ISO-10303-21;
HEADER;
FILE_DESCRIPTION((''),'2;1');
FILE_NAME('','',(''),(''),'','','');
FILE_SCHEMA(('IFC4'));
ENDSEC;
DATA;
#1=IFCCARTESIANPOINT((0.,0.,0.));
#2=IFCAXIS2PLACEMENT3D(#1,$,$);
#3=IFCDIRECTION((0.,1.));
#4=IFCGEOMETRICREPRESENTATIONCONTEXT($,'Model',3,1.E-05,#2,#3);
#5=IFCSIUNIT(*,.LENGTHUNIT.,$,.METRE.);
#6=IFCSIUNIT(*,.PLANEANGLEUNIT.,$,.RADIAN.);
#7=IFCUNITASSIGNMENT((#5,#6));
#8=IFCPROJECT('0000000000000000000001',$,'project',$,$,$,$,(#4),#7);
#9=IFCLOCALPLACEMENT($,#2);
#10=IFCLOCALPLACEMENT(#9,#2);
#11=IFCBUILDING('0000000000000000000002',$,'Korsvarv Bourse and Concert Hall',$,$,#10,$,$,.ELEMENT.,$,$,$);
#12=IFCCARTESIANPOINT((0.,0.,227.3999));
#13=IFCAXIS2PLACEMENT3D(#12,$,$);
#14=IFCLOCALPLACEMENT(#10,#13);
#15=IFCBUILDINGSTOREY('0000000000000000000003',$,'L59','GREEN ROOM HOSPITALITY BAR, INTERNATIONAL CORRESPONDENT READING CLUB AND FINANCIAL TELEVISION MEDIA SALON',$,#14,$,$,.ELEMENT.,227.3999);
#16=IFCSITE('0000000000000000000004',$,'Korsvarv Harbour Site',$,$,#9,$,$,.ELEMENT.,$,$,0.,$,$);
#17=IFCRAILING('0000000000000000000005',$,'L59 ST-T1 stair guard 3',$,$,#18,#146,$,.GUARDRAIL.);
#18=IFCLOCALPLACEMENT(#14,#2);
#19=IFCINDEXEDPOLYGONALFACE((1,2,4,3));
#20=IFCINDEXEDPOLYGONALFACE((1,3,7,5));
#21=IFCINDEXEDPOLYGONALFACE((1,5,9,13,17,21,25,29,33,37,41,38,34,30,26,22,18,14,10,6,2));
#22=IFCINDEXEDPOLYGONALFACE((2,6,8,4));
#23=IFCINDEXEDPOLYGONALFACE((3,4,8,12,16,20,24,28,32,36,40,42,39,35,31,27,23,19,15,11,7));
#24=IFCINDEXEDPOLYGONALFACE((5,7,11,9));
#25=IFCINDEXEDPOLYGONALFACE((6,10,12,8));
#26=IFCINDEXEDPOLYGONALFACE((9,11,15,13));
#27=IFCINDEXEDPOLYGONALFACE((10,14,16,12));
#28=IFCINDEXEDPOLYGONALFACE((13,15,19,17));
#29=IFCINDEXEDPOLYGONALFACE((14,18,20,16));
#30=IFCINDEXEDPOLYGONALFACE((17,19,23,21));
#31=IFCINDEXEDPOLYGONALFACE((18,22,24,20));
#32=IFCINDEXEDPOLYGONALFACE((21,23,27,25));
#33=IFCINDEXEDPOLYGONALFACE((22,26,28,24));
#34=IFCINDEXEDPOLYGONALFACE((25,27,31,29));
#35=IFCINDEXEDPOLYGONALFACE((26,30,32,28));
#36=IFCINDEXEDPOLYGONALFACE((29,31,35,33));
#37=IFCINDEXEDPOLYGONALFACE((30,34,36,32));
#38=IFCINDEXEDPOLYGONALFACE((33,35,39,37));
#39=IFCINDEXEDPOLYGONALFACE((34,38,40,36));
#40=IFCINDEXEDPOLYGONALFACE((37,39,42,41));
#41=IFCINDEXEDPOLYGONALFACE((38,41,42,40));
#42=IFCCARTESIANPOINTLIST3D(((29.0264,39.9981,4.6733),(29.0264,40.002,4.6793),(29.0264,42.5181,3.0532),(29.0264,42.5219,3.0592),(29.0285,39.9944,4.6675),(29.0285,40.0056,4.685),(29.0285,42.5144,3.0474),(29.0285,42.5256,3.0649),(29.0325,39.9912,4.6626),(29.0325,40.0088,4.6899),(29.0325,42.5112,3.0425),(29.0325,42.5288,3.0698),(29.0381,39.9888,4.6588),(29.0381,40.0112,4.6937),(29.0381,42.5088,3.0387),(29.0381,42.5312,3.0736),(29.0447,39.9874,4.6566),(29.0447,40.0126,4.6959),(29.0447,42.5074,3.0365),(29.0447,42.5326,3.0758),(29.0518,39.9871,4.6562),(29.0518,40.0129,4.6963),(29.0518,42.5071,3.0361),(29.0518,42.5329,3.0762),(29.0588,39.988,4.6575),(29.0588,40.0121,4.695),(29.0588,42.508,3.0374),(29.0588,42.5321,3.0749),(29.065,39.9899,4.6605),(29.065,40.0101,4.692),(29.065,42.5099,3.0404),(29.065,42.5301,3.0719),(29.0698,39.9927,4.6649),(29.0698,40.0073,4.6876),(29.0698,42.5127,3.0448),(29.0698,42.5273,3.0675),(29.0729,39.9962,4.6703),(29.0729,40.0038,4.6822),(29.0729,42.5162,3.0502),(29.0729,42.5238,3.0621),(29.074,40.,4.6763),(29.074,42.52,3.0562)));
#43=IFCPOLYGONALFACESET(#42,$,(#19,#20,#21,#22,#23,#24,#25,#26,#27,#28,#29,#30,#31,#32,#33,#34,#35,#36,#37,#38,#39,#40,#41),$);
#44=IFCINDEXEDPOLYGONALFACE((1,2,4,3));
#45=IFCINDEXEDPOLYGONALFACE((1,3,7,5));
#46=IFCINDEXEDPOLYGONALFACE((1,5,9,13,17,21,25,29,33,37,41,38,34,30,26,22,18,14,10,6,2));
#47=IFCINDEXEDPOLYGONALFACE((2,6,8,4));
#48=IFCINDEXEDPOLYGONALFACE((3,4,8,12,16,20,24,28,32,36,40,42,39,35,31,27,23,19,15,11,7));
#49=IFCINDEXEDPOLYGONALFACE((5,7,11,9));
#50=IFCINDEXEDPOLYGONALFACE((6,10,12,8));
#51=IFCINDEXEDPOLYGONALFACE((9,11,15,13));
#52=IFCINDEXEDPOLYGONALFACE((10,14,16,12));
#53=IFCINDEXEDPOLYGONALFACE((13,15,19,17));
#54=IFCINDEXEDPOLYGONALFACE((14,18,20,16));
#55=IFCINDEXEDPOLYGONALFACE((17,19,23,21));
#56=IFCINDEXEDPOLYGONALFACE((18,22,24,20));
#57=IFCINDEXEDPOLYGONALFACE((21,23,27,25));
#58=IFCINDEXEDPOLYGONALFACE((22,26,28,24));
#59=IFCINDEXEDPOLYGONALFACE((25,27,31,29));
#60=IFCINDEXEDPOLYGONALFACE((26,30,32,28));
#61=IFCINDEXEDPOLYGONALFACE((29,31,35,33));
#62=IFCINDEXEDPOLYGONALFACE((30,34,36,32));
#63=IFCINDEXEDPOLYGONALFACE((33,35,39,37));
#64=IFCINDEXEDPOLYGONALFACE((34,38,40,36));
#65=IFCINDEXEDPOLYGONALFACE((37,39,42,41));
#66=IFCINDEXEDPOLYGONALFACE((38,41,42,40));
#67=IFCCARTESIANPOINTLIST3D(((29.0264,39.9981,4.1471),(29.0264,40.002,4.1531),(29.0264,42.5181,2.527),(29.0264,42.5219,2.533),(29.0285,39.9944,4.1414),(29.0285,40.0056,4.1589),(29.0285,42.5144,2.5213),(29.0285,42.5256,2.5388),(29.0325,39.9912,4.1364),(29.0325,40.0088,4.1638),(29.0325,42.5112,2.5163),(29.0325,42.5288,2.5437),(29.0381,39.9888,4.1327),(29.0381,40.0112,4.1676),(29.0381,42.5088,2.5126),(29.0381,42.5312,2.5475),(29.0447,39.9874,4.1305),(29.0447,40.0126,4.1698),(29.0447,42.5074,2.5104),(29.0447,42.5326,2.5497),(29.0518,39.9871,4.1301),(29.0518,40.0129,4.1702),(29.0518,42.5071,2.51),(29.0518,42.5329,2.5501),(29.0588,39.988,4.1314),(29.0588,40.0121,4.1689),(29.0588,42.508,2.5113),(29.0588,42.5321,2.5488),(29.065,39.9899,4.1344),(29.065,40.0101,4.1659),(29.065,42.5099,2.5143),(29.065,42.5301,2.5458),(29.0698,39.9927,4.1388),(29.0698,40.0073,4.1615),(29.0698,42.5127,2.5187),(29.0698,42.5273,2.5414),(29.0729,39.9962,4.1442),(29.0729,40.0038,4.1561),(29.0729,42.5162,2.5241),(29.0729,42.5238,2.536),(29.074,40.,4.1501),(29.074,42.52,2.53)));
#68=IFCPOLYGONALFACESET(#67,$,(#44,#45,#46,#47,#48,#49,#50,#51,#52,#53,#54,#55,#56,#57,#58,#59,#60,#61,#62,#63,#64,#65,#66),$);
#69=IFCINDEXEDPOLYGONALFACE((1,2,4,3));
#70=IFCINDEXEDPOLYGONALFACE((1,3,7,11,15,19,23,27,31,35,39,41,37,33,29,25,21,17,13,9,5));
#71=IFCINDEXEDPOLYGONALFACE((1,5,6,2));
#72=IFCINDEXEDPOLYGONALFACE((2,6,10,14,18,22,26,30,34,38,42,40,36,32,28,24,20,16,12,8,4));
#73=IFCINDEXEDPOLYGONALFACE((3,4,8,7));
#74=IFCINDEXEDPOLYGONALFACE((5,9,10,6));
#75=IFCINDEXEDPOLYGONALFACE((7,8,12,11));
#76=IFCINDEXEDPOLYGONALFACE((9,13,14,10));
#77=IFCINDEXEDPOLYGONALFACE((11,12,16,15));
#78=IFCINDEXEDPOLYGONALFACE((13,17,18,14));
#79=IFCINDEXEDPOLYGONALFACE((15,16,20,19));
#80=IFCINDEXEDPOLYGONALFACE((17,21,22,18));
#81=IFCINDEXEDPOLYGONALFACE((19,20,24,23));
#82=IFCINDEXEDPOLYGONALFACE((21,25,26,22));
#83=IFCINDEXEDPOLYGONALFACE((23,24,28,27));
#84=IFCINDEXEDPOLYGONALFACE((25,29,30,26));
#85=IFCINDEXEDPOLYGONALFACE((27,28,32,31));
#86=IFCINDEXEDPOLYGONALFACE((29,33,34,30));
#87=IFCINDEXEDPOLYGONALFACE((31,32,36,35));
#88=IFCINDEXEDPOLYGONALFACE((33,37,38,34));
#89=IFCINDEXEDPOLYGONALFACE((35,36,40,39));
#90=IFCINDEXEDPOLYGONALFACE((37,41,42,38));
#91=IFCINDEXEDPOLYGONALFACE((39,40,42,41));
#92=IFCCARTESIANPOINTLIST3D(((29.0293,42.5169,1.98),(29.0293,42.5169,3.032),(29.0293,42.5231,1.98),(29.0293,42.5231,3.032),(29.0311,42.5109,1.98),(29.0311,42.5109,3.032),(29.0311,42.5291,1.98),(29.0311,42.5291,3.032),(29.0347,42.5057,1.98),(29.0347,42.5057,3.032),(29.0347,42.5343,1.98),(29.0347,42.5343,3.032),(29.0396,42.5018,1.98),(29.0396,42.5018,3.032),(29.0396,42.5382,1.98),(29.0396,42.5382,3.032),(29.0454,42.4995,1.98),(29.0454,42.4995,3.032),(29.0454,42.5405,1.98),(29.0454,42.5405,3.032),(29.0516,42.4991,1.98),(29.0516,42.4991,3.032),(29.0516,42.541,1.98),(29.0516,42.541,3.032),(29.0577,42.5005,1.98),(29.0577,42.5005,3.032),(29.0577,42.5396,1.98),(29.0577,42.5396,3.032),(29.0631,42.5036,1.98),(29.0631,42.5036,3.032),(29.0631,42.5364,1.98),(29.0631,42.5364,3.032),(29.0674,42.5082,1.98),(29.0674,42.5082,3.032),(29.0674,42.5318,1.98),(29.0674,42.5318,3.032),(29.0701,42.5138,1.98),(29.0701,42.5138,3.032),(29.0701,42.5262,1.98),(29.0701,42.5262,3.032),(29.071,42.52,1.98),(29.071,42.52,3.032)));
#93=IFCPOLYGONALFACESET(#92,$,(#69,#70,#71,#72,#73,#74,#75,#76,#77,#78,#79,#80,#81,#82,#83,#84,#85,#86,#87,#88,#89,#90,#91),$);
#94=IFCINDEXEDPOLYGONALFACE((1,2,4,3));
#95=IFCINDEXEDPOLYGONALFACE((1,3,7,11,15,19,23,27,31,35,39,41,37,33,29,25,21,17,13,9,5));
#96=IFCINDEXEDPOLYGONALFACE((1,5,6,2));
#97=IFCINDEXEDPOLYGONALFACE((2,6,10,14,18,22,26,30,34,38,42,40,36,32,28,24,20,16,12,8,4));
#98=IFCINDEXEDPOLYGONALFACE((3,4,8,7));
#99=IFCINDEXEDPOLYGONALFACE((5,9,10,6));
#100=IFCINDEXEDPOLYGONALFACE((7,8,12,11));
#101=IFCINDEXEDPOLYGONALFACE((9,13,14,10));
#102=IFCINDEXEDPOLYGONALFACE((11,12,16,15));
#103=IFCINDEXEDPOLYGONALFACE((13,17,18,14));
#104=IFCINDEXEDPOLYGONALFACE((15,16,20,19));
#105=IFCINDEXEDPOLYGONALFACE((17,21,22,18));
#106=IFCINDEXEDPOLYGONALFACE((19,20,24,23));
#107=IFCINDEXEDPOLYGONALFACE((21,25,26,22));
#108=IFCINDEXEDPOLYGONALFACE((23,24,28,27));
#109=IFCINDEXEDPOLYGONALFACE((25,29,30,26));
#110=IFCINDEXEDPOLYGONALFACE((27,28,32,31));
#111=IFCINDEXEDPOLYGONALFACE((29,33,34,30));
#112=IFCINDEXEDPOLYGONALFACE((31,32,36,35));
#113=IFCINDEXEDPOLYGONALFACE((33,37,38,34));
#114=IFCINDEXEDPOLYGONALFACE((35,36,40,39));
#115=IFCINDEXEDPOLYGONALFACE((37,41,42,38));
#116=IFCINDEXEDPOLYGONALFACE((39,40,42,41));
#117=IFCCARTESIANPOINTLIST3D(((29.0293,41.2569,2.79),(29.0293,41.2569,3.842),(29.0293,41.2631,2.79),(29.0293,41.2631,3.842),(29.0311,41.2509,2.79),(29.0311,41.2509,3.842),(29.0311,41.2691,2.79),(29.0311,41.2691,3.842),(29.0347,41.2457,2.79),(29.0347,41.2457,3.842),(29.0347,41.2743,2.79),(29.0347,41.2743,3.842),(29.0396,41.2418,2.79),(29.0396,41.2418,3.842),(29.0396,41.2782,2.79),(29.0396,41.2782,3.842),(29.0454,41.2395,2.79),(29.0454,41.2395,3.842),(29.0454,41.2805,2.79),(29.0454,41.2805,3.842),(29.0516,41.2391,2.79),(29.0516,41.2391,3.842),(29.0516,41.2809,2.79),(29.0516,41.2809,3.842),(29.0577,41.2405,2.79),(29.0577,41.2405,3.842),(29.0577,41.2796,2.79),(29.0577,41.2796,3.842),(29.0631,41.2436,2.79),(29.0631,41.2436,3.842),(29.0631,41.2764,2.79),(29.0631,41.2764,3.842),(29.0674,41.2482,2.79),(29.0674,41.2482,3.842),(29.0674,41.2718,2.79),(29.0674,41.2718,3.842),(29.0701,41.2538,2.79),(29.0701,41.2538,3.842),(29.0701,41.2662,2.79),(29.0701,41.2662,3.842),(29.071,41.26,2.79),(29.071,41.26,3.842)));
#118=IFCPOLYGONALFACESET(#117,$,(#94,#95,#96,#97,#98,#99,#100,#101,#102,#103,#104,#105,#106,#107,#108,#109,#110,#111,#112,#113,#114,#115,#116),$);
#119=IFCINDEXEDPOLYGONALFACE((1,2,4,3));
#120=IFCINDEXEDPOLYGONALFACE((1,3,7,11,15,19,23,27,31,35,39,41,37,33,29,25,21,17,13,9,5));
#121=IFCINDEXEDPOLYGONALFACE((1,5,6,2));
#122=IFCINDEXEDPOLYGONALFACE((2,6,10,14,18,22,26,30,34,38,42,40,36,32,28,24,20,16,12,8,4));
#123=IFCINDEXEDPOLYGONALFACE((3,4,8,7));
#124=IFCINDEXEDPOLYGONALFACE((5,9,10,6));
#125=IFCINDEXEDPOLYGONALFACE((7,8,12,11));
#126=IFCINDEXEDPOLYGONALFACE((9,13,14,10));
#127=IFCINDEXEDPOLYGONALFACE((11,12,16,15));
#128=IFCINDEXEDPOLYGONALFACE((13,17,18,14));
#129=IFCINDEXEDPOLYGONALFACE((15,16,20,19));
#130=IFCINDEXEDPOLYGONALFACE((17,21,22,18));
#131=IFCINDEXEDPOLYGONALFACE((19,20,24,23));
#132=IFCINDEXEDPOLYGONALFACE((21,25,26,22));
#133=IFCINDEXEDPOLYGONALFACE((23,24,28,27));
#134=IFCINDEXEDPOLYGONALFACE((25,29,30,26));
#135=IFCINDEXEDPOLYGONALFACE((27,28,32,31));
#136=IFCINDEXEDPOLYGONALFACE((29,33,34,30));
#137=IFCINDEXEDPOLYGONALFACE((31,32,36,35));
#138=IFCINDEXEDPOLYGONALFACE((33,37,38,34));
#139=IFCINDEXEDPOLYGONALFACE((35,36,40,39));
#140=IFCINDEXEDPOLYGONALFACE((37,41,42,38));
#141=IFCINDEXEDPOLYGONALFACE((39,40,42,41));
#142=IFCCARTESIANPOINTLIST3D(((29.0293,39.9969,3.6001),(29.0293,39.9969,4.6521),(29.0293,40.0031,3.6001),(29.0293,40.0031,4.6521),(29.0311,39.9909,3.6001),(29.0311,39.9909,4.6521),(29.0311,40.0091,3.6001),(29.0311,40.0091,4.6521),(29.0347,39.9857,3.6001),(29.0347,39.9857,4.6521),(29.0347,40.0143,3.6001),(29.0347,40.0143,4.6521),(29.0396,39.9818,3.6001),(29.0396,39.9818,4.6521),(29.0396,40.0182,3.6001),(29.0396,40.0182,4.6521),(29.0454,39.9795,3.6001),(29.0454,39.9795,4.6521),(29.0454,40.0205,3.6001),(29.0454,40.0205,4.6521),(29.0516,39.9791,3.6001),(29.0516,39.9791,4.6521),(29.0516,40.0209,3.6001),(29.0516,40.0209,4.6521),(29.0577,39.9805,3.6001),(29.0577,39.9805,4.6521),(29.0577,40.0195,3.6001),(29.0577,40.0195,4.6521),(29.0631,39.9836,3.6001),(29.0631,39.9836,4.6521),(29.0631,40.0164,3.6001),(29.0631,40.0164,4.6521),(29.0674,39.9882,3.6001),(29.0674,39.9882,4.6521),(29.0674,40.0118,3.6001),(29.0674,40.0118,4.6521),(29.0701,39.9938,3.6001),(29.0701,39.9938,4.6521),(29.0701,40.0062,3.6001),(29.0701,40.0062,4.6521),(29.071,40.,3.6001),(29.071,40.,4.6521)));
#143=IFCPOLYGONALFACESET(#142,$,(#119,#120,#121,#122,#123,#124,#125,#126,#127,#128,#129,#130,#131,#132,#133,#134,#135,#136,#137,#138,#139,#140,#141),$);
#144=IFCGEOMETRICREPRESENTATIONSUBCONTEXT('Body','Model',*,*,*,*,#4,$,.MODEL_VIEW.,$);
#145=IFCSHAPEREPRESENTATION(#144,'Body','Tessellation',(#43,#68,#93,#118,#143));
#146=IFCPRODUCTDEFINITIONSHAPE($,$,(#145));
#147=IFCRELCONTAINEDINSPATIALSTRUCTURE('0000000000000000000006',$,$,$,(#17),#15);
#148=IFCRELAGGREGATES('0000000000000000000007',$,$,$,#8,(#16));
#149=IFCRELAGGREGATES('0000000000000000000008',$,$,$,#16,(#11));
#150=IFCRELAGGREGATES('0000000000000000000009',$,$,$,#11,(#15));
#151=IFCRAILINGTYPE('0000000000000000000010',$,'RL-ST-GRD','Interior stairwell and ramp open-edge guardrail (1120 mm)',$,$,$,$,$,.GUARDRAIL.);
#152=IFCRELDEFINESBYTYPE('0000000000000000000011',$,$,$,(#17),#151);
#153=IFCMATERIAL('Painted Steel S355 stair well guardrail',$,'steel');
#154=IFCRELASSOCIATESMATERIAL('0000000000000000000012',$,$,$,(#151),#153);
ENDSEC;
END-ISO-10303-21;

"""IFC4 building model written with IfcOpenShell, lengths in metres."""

from ifc_helpers import new_model, si_unit, direction, frame, origin, origin_2d, place, context, subcontext, project, spatial, circle, extrude, material, type_object, element, save


model = new_model("IFC4")

# Units and contexts
model_context = context("Model", 3, precision=1e-05, world=origin(), true_north=direction((0.0, 1.0)))
body_context = subcontext(model_context, "Body", "Model", "MODEL_VIEW")
ifc_project = project(units=[si_unit("LENGTHUNIT", "METRE"), si_unit("PLANEANGLEUNIT", "RADIAN")], contexts=[model_context])

# Site, building, storey
site_placement = place(None, origin())
site = spatial("IfcSite", under=ifc_project, at=site_placement, Name="Korsvarv Harbour Site", CompositionType="ELEMENT", RefElevation=0.0)
building_placement = place(site_placement, origin())
building = spatial("IfcBuilding", under=site, at=building_placement, Name="Korsvarv Bourse and Concert Hall", CompositionType="ELEMENT")
storey_placement = place(building_placement, frame((0.0, 0.0, 227.3999)))
storey = spatial("IfcBuildingStorey", under=building, at=storey_placement, Name="L59", Description="GREEN ROOM HOSPITALITY BAR, INTERNATIONAL CORRESPONDENT READING CLUB AND FINANCIAL TELEVISION MEDIA SALON", CompositionType="ELEMENT", Elevation=227.3999)

# Railing
ifc_material_1 = material(Name="Painted Steel S355 stair well guardrail", Category="steel")
railing_type_1 = type_object("IfcRailingType", Name="RL-ST-GRD", Description="Interior stairwell and ramp open-edge guardrail (1120 mm)", PredefinedType="GUARDRAIL", material=ifc_material_1)
railing_1_placement = place(storey_placement, frame((29.05, 42.52, 1.98)))
element("IfcRailing", 1, at=railing_1_placement, inside=storey, type_object=railing_type_1, Name="L59 ST-T1 stair guard 3", PredefinedType="GUARDRAIL", context=body_context, shape_type="SweptSolid", body=[
    extrude(circle(Radius=0.0239, at=origin_2d()), frame((0.0, 0.0, 1.0762), z_axis=(0.0, -0.841163, 0.540782), x_axis=(1.0, 0.0, 0.0)), (0.0, 0.0, 1.0), 2.9958),
    extrude(circle(Radius=0.0239, at=origin_2d()), frame((0.0, 0.0, 0.55), z_axis=(0.0, -0.841163, 0.540782), x_axis=(1.0, 0.0, 0.0)), (0.0, 0.0, 1.0), 2.9958),
    extrude(circle(Radius=0.021, at=origin_2d()), origin(), (0.0, 0.0, 1.0), 1.052),
    extrude(circle(Radius=0.021, at=origin_2d()), frame((0.0, -1.26, 0.8101)), (0.0, 0.0, 1.0), 1.052),
    extrude(circle(Radius=0.021, at=origin_2d()), frame((0.0, -2.52, 1.6201)), (0.0, 0.0, 1.0), 1.052),
])

save(model, "model.ifc")
